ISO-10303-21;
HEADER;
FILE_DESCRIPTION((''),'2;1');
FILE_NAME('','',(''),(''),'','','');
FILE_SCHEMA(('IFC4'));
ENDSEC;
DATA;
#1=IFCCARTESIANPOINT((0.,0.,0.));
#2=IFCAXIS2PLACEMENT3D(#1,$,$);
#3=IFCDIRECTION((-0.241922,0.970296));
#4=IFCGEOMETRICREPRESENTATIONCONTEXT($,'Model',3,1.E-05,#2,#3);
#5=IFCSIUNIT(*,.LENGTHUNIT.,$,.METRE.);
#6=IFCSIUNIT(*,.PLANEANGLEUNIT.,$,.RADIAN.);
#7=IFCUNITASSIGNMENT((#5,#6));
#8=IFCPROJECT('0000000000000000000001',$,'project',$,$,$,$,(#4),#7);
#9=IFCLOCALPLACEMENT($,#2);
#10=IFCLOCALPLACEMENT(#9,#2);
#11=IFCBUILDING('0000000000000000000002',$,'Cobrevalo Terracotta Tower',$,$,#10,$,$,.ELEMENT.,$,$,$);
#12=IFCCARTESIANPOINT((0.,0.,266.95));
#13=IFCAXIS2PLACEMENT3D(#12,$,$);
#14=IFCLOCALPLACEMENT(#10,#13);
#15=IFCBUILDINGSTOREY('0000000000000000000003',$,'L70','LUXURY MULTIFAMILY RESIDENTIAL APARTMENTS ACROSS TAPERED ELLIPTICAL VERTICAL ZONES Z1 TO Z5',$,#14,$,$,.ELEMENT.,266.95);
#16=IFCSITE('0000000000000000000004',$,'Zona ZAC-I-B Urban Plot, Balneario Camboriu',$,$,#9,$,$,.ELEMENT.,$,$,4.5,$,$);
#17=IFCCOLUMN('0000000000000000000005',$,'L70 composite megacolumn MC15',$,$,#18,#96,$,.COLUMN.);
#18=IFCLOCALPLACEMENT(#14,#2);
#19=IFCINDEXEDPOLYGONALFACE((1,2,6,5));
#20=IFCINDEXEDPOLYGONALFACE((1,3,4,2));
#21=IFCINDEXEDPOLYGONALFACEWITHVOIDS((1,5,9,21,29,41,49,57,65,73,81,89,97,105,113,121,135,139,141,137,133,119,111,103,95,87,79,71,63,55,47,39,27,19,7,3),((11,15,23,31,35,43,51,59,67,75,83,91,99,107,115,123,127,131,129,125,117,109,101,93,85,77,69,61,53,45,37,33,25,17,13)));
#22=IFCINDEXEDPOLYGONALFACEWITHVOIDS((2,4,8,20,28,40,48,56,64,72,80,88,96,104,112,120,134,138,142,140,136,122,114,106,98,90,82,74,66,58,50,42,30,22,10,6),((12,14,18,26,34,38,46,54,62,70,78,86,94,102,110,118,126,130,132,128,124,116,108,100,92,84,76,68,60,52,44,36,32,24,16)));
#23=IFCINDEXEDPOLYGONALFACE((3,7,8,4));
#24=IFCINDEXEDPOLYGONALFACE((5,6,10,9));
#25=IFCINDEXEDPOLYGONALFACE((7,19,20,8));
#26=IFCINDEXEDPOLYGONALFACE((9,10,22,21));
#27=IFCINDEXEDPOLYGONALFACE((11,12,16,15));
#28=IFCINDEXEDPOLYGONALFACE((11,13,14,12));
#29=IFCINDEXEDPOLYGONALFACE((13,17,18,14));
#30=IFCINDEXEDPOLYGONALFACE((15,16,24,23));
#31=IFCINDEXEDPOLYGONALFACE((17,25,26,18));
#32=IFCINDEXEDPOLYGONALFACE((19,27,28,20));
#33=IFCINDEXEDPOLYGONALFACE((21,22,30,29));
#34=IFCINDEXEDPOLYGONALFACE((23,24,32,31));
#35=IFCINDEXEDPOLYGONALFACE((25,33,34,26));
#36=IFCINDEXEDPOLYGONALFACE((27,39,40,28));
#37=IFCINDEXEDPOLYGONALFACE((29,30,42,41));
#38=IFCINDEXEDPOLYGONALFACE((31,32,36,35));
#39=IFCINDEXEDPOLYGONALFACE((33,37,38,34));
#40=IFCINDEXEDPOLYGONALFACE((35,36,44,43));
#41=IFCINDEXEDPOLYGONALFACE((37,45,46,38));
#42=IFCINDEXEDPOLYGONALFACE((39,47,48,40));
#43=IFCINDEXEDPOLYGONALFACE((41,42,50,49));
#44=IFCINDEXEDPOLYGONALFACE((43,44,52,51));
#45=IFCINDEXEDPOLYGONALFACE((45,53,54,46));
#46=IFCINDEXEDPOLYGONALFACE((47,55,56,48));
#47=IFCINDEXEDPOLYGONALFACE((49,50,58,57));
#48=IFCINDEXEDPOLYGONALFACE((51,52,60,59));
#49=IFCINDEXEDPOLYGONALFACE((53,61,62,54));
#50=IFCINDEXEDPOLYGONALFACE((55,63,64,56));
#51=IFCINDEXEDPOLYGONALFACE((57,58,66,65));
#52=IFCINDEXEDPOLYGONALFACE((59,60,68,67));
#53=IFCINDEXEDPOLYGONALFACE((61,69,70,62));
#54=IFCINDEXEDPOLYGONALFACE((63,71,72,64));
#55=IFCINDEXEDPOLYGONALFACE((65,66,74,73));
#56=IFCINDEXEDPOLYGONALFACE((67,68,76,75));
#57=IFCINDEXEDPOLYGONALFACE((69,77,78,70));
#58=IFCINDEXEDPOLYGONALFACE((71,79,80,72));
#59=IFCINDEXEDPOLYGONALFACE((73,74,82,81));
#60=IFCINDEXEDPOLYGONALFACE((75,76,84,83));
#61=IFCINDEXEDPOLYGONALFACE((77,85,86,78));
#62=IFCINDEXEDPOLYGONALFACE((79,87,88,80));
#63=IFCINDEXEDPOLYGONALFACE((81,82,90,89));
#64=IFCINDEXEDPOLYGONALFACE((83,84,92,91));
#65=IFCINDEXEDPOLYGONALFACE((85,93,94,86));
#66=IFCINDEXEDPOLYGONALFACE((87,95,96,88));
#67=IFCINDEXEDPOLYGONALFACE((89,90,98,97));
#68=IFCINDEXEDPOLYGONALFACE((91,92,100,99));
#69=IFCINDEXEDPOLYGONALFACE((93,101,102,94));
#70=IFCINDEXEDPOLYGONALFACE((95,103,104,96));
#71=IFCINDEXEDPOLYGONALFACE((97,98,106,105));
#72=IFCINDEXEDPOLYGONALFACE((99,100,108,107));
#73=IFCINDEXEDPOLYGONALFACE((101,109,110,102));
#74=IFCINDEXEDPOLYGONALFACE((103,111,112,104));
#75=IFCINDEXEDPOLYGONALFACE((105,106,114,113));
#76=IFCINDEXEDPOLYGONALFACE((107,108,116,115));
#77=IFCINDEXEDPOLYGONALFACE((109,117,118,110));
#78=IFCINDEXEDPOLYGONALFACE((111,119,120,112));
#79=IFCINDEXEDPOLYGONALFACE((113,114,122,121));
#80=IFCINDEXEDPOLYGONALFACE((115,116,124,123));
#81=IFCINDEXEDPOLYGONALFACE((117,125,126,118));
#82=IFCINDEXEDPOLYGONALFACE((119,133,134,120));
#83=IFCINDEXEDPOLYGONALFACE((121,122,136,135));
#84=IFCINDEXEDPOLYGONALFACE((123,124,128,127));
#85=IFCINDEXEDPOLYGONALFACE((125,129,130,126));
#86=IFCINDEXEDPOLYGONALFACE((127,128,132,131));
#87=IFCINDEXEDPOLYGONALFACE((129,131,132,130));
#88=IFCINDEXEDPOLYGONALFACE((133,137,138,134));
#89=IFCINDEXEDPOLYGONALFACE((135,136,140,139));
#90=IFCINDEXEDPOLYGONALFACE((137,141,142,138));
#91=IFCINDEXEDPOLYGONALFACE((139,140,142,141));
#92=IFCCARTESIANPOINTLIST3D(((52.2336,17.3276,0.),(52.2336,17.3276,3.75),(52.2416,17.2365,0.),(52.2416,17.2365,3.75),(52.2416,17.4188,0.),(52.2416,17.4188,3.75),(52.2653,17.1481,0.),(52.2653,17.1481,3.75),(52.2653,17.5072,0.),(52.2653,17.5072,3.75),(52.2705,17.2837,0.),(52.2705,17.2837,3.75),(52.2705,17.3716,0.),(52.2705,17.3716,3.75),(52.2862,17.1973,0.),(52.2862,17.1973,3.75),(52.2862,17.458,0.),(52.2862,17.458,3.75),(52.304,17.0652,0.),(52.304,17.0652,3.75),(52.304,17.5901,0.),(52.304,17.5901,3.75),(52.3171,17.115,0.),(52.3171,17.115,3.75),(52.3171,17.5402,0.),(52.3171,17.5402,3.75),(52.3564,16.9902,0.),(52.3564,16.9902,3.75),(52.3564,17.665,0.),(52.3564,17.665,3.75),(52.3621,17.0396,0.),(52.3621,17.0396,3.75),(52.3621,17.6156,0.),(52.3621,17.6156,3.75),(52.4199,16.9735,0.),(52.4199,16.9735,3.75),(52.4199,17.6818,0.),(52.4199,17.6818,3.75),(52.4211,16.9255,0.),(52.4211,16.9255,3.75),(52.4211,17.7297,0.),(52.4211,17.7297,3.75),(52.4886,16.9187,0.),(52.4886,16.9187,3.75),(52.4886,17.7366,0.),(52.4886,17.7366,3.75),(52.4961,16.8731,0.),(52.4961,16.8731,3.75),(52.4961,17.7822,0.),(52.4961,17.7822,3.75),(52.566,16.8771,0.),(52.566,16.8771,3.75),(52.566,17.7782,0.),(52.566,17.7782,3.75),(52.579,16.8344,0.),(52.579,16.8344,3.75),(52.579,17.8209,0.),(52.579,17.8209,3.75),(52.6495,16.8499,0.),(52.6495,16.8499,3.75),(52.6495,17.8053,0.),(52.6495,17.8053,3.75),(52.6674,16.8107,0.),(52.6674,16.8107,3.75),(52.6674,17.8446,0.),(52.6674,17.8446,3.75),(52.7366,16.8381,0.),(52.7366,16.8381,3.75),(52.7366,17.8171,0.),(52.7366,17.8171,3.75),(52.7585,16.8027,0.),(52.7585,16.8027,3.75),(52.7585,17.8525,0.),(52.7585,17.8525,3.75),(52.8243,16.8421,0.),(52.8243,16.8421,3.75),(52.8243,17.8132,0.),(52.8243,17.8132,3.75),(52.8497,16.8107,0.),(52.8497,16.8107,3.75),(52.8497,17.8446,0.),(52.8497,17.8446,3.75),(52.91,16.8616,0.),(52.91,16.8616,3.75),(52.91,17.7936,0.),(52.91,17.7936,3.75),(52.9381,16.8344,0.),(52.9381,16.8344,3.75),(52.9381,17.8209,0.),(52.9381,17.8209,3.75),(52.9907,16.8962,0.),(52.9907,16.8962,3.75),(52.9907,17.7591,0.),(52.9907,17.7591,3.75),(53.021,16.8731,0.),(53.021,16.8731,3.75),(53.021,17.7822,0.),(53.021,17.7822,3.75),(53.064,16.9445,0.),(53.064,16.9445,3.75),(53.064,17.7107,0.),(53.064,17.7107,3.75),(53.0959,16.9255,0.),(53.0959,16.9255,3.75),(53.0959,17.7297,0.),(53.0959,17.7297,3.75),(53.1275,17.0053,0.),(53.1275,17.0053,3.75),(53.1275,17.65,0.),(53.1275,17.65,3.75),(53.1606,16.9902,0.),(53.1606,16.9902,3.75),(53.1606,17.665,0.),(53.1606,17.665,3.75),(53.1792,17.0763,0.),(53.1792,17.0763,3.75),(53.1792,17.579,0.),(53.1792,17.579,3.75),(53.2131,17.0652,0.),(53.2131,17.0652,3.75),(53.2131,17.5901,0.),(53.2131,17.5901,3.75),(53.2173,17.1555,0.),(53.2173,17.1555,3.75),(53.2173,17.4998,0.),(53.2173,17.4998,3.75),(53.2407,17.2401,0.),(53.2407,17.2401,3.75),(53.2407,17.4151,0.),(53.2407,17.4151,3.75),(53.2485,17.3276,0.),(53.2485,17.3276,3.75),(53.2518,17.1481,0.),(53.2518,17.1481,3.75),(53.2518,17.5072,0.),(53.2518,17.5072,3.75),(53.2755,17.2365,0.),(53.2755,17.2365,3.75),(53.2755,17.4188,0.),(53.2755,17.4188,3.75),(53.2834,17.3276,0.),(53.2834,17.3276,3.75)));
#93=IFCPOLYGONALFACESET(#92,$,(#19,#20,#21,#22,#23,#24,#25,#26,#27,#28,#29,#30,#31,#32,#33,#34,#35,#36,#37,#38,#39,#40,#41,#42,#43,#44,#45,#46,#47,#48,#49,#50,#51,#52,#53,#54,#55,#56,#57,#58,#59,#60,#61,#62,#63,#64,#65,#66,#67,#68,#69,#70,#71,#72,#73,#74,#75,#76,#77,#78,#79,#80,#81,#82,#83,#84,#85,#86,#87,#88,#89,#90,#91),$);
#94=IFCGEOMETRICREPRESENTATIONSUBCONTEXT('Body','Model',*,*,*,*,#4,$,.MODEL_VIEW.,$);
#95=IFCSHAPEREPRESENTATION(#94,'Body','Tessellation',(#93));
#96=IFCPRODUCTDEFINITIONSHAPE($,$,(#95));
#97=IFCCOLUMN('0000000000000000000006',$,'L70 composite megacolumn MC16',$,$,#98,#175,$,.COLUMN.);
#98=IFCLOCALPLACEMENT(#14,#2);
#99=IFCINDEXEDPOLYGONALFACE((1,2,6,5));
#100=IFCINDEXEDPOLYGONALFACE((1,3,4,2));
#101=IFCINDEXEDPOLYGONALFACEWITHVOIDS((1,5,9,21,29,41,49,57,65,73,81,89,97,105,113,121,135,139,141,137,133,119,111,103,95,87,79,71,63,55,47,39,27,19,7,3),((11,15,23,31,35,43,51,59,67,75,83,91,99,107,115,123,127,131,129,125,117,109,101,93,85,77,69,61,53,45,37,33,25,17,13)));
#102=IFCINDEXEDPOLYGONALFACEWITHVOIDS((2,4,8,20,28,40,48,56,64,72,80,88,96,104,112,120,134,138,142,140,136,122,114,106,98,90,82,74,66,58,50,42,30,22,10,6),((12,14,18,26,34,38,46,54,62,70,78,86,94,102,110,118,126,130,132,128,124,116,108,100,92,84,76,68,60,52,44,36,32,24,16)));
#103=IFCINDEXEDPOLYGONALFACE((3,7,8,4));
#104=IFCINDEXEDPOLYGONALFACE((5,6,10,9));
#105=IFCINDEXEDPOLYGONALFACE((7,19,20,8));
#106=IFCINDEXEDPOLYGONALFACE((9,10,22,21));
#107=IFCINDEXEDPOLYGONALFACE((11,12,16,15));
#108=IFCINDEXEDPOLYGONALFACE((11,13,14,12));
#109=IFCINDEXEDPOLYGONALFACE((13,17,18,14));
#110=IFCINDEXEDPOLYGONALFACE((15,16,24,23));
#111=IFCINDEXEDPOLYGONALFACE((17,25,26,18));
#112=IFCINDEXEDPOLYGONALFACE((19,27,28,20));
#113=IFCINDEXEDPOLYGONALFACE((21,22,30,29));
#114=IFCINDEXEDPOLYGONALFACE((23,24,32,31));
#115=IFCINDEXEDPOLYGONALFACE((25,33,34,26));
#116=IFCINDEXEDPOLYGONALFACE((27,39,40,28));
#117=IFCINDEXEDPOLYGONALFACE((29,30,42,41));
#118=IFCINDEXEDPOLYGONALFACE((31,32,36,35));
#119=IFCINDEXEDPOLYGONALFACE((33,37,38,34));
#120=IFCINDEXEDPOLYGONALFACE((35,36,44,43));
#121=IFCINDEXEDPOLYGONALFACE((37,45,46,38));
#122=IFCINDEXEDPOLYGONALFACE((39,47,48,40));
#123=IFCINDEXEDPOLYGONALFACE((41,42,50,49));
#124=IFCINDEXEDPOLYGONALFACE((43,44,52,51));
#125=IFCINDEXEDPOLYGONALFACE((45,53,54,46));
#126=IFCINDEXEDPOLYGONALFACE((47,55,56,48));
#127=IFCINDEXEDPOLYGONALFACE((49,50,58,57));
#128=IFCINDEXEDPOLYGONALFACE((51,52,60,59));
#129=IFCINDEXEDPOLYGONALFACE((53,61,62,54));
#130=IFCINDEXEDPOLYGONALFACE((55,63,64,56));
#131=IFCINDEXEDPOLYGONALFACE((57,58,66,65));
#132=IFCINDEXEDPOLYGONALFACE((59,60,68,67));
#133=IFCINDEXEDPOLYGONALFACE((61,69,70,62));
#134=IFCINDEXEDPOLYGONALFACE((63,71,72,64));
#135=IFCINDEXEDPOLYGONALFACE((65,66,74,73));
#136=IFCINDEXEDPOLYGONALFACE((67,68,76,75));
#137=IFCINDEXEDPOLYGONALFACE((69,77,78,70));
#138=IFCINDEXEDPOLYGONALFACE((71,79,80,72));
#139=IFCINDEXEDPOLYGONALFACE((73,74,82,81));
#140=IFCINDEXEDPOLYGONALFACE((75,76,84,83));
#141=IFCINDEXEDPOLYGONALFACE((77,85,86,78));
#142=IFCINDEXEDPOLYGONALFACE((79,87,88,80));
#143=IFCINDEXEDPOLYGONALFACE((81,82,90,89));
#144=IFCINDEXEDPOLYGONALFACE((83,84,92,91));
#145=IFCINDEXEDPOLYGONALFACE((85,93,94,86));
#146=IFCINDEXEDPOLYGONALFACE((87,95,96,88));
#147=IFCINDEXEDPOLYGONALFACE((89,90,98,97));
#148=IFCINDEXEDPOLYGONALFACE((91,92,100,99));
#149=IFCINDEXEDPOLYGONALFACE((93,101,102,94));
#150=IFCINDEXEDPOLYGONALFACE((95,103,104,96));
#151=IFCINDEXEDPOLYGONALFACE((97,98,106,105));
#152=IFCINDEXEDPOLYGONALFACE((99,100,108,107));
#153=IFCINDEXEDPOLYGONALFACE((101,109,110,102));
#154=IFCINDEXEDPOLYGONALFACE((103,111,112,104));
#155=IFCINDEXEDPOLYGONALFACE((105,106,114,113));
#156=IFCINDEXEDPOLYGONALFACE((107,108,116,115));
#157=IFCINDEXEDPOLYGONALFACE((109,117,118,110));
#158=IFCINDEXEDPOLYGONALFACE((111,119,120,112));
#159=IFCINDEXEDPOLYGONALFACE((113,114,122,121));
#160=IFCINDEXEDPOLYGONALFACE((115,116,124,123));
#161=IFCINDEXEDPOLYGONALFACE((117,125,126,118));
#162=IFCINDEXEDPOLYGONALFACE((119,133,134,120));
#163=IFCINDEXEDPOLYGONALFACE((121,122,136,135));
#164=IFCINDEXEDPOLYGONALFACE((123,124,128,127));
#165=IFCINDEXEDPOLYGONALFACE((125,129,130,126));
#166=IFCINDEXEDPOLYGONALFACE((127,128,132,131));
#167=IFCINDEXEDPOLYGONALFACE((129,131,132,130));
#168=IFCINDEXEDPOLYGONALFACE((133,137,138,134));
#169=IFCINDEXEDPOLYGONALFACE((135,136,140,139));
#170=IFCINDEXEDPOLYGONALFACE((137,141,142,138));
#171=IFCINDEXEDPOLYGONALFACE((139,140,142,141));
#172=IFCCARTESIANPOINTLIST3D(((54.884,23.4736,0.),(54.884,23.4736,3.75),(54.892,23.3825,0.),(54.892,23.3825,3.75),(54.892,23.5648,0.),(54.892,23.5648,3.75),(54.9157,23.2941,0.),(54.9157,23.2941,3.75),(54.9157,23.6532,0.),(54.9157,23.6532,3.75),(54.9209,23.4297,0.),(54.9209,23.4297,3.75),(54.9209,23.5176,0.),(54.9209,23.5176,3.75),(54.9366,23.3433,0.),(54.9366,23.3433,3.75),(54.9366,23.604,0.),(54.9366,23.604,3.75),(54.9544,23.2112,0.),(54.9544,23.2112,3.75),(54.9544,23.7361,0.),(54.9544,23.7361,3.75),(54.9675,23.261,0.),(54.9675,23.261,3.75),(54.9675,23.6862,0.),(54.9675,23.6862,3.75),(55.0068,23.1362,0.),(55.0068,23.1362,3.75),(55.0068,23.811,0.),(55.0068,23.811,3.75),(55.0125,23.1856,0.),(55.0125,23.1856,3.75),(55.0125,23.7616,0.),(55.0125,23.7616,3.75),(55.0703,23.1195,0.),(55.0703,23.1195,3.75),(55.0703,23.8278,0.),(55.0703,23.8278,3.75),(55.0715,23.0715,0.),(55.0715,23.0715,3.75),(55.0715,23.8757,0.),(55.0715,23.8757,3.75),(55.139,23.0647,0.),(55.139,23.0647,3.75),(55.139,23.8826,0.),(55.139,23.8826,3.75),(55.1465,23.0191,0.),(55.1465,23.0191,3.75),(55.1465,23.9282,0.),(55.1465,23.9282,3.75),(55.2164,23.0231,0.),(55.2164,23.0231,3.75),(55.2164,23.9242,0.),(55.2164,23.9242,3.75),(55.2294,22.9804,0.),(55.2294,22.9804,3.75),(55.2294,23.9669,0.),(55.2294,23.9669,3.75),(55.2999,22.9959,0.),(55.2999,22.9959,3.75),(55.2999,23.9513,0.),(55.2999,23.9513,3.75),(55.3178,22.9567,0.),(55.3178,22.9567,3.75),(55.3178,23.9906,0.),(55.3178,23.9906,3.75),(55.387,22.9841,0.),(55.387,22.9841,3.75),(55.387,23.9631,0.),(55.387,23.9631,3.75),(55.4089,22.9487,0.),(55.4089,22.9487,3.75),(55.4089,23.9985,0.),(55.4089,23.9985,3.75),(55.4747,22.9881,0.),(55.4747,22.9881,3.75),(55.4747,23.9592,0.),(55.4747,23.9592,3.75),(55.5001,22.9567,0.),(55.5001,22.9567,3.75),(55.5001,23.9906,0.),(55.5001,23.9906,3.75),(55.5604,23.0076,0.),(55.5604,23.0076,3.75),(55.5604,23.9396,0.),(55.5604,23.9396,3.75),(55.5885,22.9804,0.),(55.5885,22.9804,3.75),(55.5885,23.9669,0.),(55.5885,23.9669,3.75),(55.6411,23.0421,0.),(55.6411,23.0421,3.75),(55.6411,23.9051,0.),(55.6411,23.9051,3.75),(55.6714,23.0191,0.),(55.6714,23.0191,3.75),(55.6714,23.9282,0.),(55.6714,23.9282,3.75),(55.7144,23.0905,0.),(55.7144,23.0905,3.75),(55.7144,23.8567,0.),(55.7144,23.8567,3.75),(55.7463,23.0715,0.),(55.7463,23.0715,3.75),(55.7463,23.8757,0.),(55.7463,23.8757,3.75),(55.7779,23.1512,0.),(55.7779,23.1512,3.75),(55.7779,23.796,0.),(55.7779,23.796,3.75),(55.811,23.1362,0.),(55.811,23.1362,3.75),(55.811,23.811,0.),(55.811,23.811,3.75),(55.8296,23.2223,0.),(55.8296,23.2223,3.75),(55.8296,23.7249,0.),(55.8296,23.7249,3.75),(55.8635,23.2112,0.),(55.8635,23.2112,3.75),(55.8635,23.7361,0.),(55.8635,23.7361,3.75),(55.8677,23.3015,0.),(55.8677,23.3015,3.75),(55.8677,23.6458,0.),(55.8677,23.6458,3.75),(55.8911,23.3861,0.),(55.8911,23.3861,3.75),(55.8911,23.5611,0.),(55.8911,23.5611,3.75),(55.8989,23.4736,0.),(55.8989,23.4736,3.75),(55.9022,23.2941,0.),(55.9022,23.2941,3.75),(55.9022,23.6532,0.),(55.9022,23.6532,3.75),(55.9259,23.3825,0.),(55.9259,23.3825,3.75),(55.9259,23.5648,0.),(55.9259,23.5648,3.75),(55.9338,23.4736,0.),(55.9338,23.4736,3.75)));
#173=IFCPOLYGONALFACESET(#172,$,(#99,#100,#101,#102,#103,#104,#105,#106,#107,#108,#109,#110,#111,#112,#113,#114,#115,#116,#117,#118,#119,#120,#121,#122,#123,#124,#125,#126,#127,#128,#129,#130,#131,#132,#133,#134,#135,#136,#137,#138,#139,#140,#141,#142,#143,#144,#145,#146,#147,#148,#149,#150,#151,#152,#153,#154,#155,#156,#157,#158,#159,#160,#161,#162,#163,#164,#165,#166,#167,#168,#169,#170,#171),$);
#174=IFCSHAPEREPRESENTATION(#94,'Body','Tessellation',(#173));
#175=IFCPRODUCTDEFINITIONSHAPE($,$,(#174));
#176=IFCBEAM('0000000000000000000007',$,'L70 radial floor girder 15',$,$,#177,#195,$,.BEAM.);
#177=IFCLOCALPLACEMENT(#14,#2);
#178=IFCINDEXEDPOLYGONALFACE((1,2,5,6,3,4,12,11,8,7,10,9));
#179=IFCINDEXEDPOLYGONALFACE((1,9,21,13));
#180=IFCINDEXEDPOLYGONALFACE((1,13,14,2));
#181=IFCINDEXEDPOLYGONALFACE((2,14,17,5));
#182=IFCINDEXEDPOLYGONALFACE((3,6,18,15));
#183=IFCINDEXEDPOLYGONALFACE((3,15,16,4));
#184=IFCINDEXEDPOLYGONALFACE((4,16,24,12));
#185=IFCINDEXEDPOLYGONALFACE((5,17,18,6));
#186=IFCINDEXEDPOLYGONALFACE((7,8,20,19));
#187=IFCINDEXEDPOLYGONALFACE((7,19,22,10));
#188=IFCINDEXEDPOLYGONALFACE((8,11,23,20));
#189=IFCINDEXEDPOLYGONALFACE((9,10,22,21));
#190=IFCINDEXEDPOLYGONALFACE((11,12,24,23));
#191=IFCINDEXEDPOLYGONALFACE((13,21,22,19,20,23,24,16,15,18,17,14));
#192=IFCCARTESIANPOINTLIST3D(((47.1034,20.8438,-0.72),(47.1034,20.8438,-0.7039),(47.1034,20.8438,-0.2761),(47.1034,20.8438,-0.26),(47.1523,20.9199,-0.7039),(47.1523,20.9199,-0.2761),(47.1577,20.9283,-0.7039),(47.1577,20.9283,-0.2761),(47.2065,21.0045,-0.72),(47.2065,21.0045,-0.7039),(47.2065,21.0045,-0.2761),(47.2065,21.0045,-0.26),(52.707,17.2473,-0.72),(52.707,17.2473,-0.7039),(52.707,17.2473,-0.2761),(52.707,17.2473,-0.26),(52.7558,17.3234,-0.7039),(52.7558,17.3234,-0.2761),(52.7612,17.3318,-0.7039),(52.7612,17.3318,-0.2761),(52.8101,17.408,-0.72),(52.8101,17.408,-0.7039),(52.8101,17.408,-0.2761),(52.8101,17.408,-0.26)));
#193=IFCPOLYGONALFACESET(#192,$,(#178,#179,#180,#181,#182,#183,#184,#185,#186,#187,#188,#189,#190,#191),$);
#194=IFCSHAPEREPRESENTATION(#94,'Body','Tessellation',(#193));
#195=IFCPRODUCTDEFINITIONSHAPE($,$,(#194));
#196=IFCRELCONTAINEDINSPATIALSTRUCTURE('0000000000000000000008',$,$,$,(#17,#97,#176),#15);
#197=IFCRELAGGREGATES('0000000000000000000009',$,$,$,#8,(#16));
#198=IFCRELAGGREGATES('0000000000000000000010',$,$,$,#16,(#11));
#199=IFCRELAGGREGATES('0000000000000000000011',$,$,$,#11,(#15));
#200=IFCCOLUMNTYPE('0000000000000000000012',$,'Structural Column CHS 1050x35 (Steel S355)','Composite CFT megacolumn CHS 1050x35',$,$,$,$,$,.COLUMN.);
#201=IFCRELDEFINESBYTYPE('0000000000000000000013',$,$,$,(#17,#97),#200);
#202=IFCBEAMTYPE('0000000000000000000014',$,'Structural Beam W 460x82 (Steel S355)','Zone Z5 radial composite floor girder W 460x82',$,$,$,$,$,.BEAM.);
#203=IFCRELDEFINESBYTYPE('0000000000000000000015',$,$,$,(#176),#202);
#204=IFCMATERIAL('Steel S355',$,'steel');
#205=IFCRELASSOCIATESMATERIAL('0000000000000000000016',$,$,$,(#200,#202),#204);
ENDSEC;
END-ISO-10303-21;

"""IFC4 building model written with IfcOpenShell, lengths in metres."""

from ifc_helpers import new_model, si_unit, direction, frame, origin, origin_2d, place, context, subcontext, project, spatial, hollow_circle, i_section, extrude, material, material_profile, profile_set, type_object, element, save


model = new_model("IFC4")

# Units and contexts
model_context = context("Model", 3, precision=1e-05, world=origin(), true_north=direction((-0.241922, 0.970296)))
body_context = subcontext(model_context, "Body", "Model", "MODEL_VIEW")
ifc_project = project(units=[si_unit("LENGTHUNIT", "METRE"), si_unit("PLANEANGLEUNIT", "RADIAN")], contexts=[model_context])

# Site, building, storey
site_placement = place(None, origin())
site = spatial("IfcSite", under=ifc_project, at=site_placement, Name="Zona ZAC-I-B Urban Plot, Balneario Camboriu", CompositionType="ELEMENT", RefElevation=4.5)
building_placement = place(site_placement, origin())
building = spatial("IfcBuilding", under=site, at=building_placement, Name="Cobrevalo Terracotta Tower", CompositionType="ELEMENT")
storey_placement = place(building_placement, frame((0.0, 0.0, 266.95)))
storey = spatial("IfcBuildingStorey", under=building, at=storey_placement, Name="L70", Description="LUXURY MULTIFAMILY RESIDENTIAL APARTMENTS ACROSS TAPERED ELLIPTICAL VERTICAL ZONES Z1 TO Z5", CompositionType="ELEMENT", Elevation=266.95)

# Columns
ifc_material_1 = material(Name="Steel S355", Category="steel")
ifc_material_profile_1 = material_profile(ifc_material_1, hollow_circle(Radius=0.5249, WallThickness=0.0349, at=origin_2d()), Name="CHS 1050x35")
ifc_profile_set_1 = profile_set([ifc_material_profile_1], Name="Steel S355")
column_type = type_object("IfcColumnType", Name="Structural Column CHS 1050x35 (Steel S355)", Description="Composite CFT megacolumn CHS 1050x35", PredefinedType="COLUMN", material=ifc_profile_set_1)
for number, where, z_axis, x_axis, name in (
    (1, (52.7585, 17.3276, 0.0), (0.0, 0.0, 1.0), (1.0, 0.0, 0.0), "L70 composite megacolumn MC15"),
    (2, (55.4089, 23.4736, 0.0), (0.0, 0.0, 1.0), (1.0, 0.0, 0.0), "L70 composite megacolumn MC16"),
):
    element("IfcColumn", number, at=place(storey_placement, frame(where, z_axis=z_axis, x_axis=x_axis)), inside=storey, type_object=column_type, Name=name, PredefinedType="COLUMN", context=body_context, shape_type="SweptSolid", body=[
        extrude(hollow_circle(Radius=0.5249, WallThickness=0.0349, at=origin_2d()), origin(), (0.0, 0.0, 1.0), 3.75),
    ])

# Beam
ifc_material_profile_2 = material_profile(ifc_material_1, i_section(OverallWidth=0.1909, OverallDepth=0.46, WebThickness=0.01, FlangeThickness=0.0161, at=origin_2d()), Name="W 460x82")
ifc_profile_set_2 = profile_set([ifc_material_profile_2], Name="Steel S355")
beam_type_1 = type_object("IfcBeamType", Name="Structural Beam W 460x82 (Steel S355)", Description="Zone Z5 radial composite floor girder W 460x82", PredefinedType="BEAM", material=ifc_profile_set_2)
beam_1_placement = place(storey_placement, frame((52.7585, 17.3276, -0.49), z_axis=(-0.841576, 0.540138, 0.0), x_axis=(-0.540138, -0.841576, 0.0)))
element("IfcBeam", 3, at=beam_1_placement, inside=storey, type_object=beam_type_1, Name="L70 radial floor girder 15", PredefinedType="BEAM", context=body_context, shape_type="SweptSolid", body=[
    extrude(i_section(OverallWidth=0.1909, OverallDepth=0.46, WebThickness=0.01, FlangeThickness=0.0161, at=origin_2d()), origin(), (0.0, 0.0, 1.0), 6.6584),
])

save(model, "model.ifc")
